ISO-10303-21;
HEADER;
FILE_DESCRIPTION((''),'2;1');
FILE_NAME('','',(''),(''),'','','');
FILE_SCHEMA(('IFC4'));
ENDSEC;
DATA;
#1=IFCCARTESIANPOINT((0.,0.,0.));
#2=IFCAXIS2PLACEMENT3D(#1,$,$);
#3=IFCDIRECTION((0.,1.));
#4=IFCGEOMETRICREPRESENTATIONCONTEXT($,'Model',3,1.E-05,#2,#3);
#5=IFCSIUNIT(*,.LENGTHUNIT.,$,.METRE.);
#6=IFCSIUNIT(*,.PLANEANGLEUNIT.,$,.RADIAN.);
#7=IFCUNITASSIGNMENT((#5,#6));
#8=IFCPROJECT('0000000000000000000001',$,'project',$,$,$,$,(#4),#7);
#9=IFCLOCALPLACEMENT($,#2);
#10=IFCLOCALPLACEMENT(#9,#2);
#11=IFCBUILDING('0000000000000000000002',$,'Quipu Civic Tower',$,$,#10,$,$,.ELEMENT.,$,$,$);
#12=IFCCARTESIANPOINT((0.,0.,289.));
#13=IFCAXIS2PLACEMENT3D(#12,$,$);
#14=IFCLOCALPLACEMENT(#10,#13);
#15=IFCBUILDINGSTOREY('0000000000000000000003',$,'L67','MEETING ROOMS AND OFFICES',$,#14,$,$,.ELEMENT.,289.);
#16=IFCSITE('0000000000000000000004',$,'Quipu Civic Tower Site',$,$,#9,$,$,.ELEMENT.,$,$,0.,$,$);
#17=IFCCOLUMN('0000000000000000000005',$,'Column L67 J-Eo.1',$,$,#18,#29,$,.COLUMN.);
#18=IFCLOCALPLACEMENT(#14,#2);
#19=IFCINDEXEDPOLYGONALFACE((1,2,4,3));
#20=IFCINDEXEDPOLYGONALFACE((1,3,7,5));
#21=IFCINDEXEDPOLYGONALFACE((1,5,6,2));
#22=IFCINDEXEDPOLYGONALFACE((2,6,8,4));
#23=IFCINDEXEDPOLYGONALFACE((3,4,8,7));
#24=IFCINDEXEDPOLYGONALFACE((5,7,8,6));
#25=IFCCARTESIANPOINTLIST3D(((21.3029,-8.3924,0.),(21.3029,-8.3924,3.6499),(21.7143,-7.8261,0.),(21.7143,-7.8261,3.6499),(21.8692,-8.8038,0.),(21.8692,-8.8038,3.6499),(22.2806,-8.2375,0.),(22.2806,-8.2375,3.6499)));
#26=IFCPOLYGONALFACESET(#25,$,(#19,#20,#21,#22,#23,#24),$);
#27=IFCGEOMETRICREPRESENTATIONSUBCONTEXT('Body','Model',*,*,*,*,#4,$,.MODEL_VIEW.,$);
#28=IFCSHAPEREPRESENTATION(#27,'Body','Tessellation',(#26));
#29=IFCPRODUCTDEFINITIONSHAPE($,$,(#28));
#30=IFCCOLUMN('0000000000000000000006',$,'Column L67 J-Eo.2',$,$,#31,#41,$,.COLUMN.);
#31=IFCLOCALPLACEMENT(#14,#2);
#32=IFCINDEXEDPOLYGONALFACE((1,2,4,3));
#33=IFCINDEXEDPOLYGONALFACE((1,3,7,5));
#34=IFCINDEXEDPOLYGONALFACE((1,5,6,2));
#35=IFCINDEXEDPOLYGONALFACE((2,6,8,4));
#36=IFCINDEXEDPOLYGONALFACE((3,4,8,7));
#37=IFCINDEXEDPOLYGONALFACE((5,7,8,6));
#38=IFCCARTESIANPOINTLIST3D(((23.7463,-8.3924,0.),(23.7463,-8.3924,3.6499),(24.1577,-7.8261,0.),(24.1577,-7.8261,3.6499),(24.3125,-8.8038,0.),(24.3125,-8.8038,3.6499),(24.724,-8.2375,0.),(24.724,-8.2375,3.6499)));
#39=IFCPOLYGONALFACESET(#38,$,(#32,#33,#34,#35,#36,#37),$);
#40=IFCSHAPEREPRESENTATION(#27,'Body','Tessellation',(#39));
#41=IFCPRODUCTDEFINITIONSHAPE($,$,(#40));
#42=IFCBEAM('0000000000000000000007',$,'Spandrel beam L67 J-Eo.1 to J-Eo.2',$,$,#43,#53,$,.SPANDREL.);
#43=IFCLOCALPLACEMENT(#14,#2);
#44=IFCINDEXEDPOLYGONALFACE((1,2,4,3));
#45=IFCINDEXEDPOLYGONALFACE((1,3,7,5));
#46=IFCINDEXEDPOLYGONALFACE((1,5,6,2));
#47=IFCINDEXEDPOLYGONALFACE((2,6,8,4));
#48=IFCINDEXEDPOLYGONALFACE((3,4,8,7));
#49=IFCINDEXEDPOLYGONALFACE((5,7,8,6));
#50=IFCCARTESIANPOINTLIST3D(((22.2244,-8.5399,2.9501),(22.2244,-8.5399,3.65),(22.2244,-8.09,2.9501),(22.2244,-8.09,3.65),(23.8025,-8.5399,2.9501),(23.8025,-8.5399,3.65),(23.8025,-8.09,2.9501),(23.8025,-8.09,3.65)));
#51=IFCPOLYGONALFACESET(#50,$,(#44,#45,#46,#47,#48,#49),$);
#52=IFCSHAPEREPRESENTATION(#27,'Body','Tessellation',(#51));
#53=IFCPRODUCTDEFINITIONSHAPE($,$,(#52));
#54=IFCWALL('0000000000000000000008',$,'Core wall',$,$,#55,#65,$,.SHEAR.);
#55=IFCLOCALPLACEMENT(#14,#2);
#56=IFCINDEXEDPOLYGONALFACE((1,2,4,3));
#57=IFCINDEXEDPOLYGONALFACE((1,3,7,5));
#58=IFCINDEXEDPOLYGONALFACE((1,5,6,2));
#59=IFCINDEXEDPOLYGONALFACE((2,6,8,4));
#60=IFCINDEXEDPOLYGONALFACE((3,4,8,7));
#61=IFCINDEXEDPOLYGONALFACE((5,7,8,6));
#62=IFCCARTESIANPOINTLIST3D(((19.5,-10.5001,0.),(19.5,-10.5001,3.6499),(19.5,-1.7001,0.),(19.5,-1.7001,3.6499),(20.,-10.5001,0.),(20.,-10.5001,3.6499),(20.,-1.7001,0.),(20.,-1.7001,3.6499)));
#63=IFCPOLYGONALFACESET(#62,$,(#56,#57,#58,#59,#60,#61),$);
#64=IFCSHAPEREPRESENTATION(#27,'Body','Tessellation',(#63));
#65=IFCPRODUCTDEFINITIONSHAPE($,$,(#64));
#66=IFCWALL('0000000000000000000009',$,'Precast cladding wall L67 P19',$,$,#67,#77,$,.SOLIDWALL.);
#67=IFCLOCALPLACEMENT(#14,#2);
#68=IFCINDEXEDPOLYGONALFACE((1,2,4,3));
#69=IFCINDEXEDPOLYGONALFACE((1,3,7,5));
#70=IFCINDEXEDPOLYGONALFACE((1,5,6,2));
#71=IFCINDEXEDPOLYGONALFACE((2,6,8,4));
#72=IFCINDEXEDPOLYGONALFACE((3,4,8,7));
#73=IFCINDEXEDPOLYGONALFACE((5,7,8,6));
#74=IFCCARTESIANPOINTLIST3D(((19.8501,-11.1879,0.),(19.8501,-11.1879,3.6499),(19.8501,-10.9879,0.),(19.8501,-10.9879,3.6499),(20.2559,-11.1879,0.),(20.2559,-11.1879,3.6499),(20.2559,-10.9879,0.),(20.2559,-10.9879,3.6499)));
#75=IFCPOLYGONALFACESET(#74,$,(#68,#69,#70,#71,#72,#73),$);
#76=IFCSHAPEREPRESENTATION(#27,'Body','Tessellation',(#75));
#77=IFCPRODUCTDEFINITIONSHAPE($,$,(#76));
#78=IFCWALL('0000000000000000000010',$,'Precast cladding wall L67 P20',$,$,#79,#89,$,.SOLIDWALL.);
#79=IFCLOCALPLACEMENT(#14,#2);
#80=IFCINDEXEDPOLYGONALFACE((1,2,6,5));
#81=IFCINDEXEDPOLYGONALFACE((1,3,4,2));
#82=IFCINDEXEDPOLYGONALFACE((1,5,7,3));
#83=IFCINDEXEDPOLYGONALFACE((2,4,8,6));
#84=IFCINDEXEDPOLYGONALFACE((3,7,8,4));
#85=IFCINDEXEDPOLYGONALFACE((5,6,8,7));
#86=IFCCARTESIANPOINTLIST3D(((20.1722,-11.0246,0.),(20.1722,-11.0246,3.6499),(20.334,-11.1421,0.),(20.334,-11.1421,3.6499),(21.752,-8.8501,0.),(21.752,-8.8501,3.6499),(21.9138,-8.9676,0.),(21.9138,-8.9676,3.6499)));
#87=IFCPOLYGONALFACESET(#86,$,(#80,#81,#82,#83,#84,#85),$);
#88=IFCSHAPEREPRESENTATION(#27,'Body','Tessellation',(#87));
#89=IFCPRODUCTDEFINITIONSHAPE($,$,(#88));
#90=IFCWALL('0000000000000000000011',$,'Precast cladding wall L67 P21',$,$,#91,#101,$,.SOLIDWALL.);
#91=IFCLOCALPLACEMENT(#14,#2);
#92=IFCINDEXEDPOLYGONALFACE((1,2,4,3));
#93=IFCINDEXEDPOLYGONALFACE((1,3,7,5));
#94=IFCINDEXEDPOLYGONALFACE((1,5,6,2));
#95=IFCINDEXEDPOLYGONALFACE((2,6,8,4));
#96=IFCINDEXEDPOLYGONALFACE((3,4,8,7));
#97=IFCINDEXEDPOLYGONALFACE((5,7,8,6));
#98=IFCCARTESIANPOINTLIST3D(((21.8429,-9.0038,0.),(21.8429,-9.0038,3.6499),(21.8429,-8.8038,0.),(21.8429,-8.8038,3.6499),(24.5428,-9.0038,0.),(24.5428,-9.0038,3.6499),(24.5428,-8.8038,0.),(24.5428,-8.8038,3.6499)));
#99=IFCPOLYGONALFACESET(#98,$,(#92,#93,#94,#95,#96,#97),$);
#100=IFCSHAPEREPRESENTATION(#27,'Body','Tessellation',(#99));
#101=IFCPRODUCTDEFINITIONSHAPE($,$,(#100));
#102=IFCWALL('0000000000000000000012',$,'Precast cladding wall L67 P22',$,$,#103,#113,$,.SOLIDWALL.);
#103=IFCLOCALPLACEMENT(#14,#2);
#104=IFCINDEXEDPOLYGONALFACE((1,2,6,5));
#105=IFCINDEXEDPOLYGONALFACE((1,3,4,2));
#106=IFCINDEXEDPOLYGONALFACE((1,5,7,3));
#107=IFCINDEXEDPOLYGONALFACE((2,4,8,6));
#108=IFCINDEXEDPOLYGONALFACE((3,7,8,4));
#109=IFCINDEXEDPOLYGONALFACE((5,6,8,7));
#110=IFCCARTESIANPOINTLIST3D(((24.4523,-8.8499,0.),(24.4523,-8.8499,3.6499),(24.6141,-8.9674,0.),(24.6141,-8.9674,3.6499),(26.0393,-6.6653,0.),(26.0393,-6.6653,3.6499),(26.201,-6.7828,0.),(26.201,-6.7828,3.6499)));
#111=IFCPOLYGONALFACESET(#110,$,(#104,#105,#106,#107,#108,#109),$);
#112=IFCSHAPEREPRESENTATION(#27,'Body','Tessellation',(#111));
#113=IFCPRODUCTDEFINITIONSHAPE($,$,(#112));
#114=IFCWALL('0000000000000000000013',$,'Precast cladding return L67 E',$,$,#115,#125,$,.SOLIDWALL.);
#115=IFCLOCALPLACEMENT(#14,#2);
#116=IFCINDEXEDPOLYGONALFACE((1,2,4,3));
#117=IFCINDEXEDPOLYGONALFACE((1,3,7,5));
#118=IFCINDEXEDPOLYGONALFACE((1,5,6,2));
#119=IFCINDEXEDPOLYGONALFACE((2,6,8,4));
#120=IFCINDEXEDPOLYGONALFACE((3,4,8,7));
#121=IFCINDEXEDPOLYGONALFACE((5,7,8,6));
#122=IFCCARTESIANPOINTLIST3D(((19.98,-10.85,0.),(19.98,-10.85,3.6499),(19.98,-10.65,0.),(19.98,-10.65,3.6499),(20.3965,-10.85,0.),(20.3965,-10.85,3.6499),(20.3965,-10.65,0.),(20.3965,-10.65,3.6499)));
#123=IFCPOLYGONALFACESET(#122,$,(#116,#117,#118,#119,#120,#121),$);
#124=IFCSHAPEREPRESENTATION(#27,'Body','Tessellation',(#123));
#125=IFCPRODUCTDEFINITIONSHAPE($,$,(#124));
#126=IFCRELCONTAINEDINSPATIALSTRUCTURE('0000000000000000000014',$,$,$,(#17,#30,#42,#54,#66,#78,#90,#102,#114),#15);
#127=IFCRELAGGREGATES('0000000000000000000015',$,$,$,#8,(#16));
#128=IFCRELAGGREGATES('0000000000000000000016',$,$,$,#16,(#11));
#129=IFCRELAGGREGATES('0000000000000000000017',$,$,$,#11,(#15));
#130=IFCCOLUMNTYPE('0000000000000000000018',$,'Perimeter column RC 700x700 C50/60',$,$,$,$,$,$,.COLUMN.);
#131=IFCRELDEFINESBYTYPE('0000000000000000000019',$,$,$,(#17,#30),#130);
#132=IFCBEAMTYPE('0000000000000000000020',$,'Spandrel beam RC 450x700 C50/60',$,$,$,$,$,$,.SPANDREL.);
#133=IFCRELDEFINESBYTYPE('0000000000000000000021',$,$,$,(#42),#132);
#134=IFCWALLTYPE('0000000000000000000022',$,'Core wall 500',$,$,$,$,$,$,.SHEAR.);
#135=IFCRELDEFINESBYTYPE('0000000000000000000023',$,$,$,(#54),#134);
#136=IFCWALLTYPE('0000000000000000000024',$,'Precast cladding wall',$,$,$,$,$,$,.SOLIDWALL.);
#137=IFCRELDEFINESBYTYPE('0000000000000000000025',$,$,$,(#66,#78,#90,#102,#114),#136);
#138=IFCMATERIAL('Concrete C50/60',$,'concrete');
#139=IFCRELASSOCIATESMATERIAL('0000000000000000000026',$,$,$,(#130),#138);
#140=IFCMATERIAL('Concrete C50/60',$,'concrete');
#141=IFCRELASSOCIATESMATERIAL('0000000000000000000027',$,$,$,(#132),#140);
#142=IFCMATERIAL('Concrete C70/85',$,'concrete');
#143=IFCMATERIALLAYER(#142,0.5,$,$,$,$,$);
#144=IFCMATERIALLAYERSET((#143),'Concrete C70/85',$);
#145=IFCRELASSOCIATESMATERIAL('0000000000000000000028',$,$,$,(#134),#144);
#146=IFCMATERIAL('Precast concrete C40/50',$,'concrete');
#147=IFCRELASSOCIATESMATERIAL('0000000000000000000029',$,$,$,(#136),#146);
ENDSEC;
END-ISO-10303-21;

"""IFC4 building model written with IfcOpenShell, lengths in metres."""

from ifc_helpers import new_model, si_unit, direction, frame, frame_2d, origin, origin_2d, place, context, subcontext, project, spatial, rectangle, extrude, material, layer, layer_set, material_profile, profile_set, type_object, element, save


model = new_model("IFC4")

# Units and contexts
model_context = context("Model", 3, precision=1e-05, world=origin(), true_north=direction((0.0, 1.0)))
body_context = subcontext(model_context, "Body", "Model", "MODEL_VIEW")
ifc_project = project(units=[si_unit("LENGTHUNIT", "METRE"), si_unit("PLANEANGLEUNIT", "RADIAN")], contexts=[model_context])

# Site, building, storey
site_placement = place(None, origin())
site = spatial("IfcSite", under=ifc_project, at=site_placement, Name="Quipu Civic Tower Site", CompositionType="ELEMENT", RefElevation=0.0)
building_placement = place(site_placement, origin())
building = spatial("IfcBuilding", under=site, at=building_placement, Name="Quipu Civic Tower", CompositionType="ELEMENT")
storey_placement = place(building_placement, frame((0.0, 0.0, 289.0)))
storey = spatial("IfcBuildingStorey", under=building, at=storey_placement, Name="L67", Description="MEETING ROOMS AND OFFICES", CompositionType="ELEMENT", Elevation=289.0)

# Columns
ifc_material_1 = material(Name="Concrete C50/60", Category="concrete")
ifc_material_profile_1 = material_profile(ifc_material_1, rectangle(XDim=0.7, YDim=0.7, at=origin_2d()), Name="RC700x700")
ifc_profile_set_1 = profile_set([ifc_material_profile_1], Name="Concrete C50/60")
column_type = type_object("IfcColumnType", Name="Perimeter column RC 700x700 C50/60", PredefinedType="COLUMN", material=ifc_profile_set_1)
for number, where, z_axis, x_axis, name in (
    (1, (21.7917, -8.3149, 0.0), (0.0, 0.0, 1.0), (0.587785, 0.809017, 0.0), "Column L67 J-Eo.1"),
    (2, (24.2351, -8.3149, 0.0), (0.0, 0.0, 1.0), (0.587785, 0.809017, 0.0), "Column L67 J-Eo.2"),
):
    element("IfcColumn", number, at=place(storey_placement, frame(where, z_axis=z_axis, x_axis=x_axis)), inside=storey, type_object=column_type, Name=name, PredefinedType="COLUMN", context=body_context, shape_type="SweptSolid", body=[
        extrude(rectangle(XDim=0.7, YDim=0.7, at=origin_2d()), origin(), (0.0, 0.0, 1.0), 3.6499),
    ])

# Beam
ifc_material_2 = material(Name="Concrete C50/60", Category="concrete")
ifc_material_profile_2 = material_profile(ifc_material_2, rectangle(XDim=0.45, YDim=0.7, at=origin_2d()), Name="RC450x700")
ifc_profile_set_2 = profile_set([ifc_material_profile_2], Name="Concrete C50/60")
beam_type = type_object("IfcBeamType", Name="Spandrel beam RC 450x700 C50/60", PredefinedType="SPANDREL", material=ifc_profile_set_2)
beam_placement = place(storey_placement, frame((22.2244, -8.3149, 3.3), z_axis=(1.0, 0.0, 0.0), x_axis=(0.0, 1.0, 0.0)))
element("IfcBeam", 3, at=beam_placement, inside=storey, type_object=beam_type, Name="Spandrel beam L67 J-Eo.1 to J-Eo.2", PredefinedType="SPANDREL", context=body_context, shape_type="SweptSolid", body=[
    extrude(rectangle(XDim=0.45, YDim=0.7, at=origin_2d()), origin(), (0.0, 0.0, 1.0), 1.5781),
])

# Walls
ifc_material_3 = material(Name="Concrete C70/85", Category="concrete")
ifc_layer = layer(ifc_material_3, 0.5)
ifc_layer_set = layer_set([ifc_layer], Name="Concrete C70/85")
wall_type_1 = type_object("IfcWallType", Name="Core wall 500", PredefinedType="SHEAR", material=ifc_layer_set)
wall_1_placement = place(storey_placement, frame((19.75, -10.5, 0.0), z_axis=(0.0, 0.0, 1.0), x_axis=(0.0, 1.0, 0.0)))
element("IfcWall", 4, at=wall_1_placement, inside=storey, type_object=wall_type_1, Name="Core wall", PredefinedType="SHEAR", context=body_context, shape_type="SweptSolid", body=[
    extrude(rectangle(XDim=8.8, YDim=0.5, at=frame_2d((4.3999, 0.0))), origin(), (0.0, 0.0, 1.0), 3.6499),
])
ifc_material_4 = material(Name="Precast concrete C40/50", Category="concrete")
wall_type_2 = type_object("IfcWallType", Name="Precast cladding wall", PredefinedType="SOLIDWALL", material=ifc_material_4)
wall_2_placement = place(storey_placement, frame((19.8501, -11.0879, 0.0), z_axis=(0.0, 0.0, 1.0), x_axis=(1.0, 0.0, 0.0)))
element("IfcWall", 5, at=wall_2_placement, inside=storey, type_object=wall_type_2, Name="Precast cladding wall L67 P19", PredefinedType="SOLIDWALL", context=body_context, shape_type="SweptSolid", body=[
    extrude(rectangle(XDim=0.4058, YDim=0.2, at=frame_2d((0.2029, 0.0))), origin(), (0.0, 0.0, 1.0), 3.6499),
])
wall_3_placement = place(storey_placement, frame((20.2532, -11.0833, 0.0), z_axis=(0.0, 0.0, 1.0), x_axis=(0.587767, 0.809031, 0.0)))
element("IfcWall", 6, at=wall_3_placement, inside=storey, type_object=wall_type_2, Name="Precast cladding wall L67 P20", PredefinedType="SOLIDWALL", context=body_context, shape_type="SweptSolid", body=[
    extrude(rectangle(XDim=2.6877, YDim=0.2, at=frame_2d((1.3438, 0.0))), origin(), (0.0, 0.0, 1.0), 3.6499),
])
wall_4_placement = place(storey_placement, frame((21.8428, -8.9038, 0.0), z_axis=(0.0, 0.0, 1.0), x_axis=(1.0, 0.0, 0.0)))
element("IfcWall", 7, at=wall_4_placement, inside=storey, type_object=wall_type_2, Name="Precast cladding wall L67 P21", PredefinedType="SOLIDWALL", context=body_context, shape_type="SweptSolid", body=[
    extrude(rectangle(XDim=2.7, YDim=0.2, at=frame_2d((1.3501, 0.0))), origin(), (0.0, 0.0, 1.0), 3.6499),
])
wall_5_placement = place(storey_placement, frame((24.5332, -8.9087, 0.0), z_axis=(0.0, 0.0, 1.0), x_axis=(0.58772, 0.809064, 0.0)))
element("IfcWall", 8, at=wall_5_placement, inside=storey, type_object=wall_type_2, Name="Precast cladding wall L67 P22", PredefinedType="SOLIDWALL", context=body_context, shape_type="SweptSolid", body=[
    extrude(rectangle(XDim=2.7002, YDim=0.2, at=frame_2d((1.3501, 0.0))), origin(), (0.0, 0.0, 1.0), 3.6499),
])
wall_6_placement = place(storey_placement, frame((19.98, -10.75, 0.0), z_axis=(0.0, 0.0, 1.0), x_axis=(1.0, 0.0, 0.0)))
element("IfcWall", 9, at=wall_6_placement, inside=storey, type_object=wall_type_2, Name="Precast cladding return L67 E", PredefinedType="SOLIDWALL", context=body_context, shape_type="SweptSolid", body=[
    extrude(rectangle(XDim=0.4165, YDim=0.2, at=frame_2d((0.2083, 0.0))), origin(), (0.0, 0.0, 1.0), 3.6499),
])

save(model, "model.ifc")
